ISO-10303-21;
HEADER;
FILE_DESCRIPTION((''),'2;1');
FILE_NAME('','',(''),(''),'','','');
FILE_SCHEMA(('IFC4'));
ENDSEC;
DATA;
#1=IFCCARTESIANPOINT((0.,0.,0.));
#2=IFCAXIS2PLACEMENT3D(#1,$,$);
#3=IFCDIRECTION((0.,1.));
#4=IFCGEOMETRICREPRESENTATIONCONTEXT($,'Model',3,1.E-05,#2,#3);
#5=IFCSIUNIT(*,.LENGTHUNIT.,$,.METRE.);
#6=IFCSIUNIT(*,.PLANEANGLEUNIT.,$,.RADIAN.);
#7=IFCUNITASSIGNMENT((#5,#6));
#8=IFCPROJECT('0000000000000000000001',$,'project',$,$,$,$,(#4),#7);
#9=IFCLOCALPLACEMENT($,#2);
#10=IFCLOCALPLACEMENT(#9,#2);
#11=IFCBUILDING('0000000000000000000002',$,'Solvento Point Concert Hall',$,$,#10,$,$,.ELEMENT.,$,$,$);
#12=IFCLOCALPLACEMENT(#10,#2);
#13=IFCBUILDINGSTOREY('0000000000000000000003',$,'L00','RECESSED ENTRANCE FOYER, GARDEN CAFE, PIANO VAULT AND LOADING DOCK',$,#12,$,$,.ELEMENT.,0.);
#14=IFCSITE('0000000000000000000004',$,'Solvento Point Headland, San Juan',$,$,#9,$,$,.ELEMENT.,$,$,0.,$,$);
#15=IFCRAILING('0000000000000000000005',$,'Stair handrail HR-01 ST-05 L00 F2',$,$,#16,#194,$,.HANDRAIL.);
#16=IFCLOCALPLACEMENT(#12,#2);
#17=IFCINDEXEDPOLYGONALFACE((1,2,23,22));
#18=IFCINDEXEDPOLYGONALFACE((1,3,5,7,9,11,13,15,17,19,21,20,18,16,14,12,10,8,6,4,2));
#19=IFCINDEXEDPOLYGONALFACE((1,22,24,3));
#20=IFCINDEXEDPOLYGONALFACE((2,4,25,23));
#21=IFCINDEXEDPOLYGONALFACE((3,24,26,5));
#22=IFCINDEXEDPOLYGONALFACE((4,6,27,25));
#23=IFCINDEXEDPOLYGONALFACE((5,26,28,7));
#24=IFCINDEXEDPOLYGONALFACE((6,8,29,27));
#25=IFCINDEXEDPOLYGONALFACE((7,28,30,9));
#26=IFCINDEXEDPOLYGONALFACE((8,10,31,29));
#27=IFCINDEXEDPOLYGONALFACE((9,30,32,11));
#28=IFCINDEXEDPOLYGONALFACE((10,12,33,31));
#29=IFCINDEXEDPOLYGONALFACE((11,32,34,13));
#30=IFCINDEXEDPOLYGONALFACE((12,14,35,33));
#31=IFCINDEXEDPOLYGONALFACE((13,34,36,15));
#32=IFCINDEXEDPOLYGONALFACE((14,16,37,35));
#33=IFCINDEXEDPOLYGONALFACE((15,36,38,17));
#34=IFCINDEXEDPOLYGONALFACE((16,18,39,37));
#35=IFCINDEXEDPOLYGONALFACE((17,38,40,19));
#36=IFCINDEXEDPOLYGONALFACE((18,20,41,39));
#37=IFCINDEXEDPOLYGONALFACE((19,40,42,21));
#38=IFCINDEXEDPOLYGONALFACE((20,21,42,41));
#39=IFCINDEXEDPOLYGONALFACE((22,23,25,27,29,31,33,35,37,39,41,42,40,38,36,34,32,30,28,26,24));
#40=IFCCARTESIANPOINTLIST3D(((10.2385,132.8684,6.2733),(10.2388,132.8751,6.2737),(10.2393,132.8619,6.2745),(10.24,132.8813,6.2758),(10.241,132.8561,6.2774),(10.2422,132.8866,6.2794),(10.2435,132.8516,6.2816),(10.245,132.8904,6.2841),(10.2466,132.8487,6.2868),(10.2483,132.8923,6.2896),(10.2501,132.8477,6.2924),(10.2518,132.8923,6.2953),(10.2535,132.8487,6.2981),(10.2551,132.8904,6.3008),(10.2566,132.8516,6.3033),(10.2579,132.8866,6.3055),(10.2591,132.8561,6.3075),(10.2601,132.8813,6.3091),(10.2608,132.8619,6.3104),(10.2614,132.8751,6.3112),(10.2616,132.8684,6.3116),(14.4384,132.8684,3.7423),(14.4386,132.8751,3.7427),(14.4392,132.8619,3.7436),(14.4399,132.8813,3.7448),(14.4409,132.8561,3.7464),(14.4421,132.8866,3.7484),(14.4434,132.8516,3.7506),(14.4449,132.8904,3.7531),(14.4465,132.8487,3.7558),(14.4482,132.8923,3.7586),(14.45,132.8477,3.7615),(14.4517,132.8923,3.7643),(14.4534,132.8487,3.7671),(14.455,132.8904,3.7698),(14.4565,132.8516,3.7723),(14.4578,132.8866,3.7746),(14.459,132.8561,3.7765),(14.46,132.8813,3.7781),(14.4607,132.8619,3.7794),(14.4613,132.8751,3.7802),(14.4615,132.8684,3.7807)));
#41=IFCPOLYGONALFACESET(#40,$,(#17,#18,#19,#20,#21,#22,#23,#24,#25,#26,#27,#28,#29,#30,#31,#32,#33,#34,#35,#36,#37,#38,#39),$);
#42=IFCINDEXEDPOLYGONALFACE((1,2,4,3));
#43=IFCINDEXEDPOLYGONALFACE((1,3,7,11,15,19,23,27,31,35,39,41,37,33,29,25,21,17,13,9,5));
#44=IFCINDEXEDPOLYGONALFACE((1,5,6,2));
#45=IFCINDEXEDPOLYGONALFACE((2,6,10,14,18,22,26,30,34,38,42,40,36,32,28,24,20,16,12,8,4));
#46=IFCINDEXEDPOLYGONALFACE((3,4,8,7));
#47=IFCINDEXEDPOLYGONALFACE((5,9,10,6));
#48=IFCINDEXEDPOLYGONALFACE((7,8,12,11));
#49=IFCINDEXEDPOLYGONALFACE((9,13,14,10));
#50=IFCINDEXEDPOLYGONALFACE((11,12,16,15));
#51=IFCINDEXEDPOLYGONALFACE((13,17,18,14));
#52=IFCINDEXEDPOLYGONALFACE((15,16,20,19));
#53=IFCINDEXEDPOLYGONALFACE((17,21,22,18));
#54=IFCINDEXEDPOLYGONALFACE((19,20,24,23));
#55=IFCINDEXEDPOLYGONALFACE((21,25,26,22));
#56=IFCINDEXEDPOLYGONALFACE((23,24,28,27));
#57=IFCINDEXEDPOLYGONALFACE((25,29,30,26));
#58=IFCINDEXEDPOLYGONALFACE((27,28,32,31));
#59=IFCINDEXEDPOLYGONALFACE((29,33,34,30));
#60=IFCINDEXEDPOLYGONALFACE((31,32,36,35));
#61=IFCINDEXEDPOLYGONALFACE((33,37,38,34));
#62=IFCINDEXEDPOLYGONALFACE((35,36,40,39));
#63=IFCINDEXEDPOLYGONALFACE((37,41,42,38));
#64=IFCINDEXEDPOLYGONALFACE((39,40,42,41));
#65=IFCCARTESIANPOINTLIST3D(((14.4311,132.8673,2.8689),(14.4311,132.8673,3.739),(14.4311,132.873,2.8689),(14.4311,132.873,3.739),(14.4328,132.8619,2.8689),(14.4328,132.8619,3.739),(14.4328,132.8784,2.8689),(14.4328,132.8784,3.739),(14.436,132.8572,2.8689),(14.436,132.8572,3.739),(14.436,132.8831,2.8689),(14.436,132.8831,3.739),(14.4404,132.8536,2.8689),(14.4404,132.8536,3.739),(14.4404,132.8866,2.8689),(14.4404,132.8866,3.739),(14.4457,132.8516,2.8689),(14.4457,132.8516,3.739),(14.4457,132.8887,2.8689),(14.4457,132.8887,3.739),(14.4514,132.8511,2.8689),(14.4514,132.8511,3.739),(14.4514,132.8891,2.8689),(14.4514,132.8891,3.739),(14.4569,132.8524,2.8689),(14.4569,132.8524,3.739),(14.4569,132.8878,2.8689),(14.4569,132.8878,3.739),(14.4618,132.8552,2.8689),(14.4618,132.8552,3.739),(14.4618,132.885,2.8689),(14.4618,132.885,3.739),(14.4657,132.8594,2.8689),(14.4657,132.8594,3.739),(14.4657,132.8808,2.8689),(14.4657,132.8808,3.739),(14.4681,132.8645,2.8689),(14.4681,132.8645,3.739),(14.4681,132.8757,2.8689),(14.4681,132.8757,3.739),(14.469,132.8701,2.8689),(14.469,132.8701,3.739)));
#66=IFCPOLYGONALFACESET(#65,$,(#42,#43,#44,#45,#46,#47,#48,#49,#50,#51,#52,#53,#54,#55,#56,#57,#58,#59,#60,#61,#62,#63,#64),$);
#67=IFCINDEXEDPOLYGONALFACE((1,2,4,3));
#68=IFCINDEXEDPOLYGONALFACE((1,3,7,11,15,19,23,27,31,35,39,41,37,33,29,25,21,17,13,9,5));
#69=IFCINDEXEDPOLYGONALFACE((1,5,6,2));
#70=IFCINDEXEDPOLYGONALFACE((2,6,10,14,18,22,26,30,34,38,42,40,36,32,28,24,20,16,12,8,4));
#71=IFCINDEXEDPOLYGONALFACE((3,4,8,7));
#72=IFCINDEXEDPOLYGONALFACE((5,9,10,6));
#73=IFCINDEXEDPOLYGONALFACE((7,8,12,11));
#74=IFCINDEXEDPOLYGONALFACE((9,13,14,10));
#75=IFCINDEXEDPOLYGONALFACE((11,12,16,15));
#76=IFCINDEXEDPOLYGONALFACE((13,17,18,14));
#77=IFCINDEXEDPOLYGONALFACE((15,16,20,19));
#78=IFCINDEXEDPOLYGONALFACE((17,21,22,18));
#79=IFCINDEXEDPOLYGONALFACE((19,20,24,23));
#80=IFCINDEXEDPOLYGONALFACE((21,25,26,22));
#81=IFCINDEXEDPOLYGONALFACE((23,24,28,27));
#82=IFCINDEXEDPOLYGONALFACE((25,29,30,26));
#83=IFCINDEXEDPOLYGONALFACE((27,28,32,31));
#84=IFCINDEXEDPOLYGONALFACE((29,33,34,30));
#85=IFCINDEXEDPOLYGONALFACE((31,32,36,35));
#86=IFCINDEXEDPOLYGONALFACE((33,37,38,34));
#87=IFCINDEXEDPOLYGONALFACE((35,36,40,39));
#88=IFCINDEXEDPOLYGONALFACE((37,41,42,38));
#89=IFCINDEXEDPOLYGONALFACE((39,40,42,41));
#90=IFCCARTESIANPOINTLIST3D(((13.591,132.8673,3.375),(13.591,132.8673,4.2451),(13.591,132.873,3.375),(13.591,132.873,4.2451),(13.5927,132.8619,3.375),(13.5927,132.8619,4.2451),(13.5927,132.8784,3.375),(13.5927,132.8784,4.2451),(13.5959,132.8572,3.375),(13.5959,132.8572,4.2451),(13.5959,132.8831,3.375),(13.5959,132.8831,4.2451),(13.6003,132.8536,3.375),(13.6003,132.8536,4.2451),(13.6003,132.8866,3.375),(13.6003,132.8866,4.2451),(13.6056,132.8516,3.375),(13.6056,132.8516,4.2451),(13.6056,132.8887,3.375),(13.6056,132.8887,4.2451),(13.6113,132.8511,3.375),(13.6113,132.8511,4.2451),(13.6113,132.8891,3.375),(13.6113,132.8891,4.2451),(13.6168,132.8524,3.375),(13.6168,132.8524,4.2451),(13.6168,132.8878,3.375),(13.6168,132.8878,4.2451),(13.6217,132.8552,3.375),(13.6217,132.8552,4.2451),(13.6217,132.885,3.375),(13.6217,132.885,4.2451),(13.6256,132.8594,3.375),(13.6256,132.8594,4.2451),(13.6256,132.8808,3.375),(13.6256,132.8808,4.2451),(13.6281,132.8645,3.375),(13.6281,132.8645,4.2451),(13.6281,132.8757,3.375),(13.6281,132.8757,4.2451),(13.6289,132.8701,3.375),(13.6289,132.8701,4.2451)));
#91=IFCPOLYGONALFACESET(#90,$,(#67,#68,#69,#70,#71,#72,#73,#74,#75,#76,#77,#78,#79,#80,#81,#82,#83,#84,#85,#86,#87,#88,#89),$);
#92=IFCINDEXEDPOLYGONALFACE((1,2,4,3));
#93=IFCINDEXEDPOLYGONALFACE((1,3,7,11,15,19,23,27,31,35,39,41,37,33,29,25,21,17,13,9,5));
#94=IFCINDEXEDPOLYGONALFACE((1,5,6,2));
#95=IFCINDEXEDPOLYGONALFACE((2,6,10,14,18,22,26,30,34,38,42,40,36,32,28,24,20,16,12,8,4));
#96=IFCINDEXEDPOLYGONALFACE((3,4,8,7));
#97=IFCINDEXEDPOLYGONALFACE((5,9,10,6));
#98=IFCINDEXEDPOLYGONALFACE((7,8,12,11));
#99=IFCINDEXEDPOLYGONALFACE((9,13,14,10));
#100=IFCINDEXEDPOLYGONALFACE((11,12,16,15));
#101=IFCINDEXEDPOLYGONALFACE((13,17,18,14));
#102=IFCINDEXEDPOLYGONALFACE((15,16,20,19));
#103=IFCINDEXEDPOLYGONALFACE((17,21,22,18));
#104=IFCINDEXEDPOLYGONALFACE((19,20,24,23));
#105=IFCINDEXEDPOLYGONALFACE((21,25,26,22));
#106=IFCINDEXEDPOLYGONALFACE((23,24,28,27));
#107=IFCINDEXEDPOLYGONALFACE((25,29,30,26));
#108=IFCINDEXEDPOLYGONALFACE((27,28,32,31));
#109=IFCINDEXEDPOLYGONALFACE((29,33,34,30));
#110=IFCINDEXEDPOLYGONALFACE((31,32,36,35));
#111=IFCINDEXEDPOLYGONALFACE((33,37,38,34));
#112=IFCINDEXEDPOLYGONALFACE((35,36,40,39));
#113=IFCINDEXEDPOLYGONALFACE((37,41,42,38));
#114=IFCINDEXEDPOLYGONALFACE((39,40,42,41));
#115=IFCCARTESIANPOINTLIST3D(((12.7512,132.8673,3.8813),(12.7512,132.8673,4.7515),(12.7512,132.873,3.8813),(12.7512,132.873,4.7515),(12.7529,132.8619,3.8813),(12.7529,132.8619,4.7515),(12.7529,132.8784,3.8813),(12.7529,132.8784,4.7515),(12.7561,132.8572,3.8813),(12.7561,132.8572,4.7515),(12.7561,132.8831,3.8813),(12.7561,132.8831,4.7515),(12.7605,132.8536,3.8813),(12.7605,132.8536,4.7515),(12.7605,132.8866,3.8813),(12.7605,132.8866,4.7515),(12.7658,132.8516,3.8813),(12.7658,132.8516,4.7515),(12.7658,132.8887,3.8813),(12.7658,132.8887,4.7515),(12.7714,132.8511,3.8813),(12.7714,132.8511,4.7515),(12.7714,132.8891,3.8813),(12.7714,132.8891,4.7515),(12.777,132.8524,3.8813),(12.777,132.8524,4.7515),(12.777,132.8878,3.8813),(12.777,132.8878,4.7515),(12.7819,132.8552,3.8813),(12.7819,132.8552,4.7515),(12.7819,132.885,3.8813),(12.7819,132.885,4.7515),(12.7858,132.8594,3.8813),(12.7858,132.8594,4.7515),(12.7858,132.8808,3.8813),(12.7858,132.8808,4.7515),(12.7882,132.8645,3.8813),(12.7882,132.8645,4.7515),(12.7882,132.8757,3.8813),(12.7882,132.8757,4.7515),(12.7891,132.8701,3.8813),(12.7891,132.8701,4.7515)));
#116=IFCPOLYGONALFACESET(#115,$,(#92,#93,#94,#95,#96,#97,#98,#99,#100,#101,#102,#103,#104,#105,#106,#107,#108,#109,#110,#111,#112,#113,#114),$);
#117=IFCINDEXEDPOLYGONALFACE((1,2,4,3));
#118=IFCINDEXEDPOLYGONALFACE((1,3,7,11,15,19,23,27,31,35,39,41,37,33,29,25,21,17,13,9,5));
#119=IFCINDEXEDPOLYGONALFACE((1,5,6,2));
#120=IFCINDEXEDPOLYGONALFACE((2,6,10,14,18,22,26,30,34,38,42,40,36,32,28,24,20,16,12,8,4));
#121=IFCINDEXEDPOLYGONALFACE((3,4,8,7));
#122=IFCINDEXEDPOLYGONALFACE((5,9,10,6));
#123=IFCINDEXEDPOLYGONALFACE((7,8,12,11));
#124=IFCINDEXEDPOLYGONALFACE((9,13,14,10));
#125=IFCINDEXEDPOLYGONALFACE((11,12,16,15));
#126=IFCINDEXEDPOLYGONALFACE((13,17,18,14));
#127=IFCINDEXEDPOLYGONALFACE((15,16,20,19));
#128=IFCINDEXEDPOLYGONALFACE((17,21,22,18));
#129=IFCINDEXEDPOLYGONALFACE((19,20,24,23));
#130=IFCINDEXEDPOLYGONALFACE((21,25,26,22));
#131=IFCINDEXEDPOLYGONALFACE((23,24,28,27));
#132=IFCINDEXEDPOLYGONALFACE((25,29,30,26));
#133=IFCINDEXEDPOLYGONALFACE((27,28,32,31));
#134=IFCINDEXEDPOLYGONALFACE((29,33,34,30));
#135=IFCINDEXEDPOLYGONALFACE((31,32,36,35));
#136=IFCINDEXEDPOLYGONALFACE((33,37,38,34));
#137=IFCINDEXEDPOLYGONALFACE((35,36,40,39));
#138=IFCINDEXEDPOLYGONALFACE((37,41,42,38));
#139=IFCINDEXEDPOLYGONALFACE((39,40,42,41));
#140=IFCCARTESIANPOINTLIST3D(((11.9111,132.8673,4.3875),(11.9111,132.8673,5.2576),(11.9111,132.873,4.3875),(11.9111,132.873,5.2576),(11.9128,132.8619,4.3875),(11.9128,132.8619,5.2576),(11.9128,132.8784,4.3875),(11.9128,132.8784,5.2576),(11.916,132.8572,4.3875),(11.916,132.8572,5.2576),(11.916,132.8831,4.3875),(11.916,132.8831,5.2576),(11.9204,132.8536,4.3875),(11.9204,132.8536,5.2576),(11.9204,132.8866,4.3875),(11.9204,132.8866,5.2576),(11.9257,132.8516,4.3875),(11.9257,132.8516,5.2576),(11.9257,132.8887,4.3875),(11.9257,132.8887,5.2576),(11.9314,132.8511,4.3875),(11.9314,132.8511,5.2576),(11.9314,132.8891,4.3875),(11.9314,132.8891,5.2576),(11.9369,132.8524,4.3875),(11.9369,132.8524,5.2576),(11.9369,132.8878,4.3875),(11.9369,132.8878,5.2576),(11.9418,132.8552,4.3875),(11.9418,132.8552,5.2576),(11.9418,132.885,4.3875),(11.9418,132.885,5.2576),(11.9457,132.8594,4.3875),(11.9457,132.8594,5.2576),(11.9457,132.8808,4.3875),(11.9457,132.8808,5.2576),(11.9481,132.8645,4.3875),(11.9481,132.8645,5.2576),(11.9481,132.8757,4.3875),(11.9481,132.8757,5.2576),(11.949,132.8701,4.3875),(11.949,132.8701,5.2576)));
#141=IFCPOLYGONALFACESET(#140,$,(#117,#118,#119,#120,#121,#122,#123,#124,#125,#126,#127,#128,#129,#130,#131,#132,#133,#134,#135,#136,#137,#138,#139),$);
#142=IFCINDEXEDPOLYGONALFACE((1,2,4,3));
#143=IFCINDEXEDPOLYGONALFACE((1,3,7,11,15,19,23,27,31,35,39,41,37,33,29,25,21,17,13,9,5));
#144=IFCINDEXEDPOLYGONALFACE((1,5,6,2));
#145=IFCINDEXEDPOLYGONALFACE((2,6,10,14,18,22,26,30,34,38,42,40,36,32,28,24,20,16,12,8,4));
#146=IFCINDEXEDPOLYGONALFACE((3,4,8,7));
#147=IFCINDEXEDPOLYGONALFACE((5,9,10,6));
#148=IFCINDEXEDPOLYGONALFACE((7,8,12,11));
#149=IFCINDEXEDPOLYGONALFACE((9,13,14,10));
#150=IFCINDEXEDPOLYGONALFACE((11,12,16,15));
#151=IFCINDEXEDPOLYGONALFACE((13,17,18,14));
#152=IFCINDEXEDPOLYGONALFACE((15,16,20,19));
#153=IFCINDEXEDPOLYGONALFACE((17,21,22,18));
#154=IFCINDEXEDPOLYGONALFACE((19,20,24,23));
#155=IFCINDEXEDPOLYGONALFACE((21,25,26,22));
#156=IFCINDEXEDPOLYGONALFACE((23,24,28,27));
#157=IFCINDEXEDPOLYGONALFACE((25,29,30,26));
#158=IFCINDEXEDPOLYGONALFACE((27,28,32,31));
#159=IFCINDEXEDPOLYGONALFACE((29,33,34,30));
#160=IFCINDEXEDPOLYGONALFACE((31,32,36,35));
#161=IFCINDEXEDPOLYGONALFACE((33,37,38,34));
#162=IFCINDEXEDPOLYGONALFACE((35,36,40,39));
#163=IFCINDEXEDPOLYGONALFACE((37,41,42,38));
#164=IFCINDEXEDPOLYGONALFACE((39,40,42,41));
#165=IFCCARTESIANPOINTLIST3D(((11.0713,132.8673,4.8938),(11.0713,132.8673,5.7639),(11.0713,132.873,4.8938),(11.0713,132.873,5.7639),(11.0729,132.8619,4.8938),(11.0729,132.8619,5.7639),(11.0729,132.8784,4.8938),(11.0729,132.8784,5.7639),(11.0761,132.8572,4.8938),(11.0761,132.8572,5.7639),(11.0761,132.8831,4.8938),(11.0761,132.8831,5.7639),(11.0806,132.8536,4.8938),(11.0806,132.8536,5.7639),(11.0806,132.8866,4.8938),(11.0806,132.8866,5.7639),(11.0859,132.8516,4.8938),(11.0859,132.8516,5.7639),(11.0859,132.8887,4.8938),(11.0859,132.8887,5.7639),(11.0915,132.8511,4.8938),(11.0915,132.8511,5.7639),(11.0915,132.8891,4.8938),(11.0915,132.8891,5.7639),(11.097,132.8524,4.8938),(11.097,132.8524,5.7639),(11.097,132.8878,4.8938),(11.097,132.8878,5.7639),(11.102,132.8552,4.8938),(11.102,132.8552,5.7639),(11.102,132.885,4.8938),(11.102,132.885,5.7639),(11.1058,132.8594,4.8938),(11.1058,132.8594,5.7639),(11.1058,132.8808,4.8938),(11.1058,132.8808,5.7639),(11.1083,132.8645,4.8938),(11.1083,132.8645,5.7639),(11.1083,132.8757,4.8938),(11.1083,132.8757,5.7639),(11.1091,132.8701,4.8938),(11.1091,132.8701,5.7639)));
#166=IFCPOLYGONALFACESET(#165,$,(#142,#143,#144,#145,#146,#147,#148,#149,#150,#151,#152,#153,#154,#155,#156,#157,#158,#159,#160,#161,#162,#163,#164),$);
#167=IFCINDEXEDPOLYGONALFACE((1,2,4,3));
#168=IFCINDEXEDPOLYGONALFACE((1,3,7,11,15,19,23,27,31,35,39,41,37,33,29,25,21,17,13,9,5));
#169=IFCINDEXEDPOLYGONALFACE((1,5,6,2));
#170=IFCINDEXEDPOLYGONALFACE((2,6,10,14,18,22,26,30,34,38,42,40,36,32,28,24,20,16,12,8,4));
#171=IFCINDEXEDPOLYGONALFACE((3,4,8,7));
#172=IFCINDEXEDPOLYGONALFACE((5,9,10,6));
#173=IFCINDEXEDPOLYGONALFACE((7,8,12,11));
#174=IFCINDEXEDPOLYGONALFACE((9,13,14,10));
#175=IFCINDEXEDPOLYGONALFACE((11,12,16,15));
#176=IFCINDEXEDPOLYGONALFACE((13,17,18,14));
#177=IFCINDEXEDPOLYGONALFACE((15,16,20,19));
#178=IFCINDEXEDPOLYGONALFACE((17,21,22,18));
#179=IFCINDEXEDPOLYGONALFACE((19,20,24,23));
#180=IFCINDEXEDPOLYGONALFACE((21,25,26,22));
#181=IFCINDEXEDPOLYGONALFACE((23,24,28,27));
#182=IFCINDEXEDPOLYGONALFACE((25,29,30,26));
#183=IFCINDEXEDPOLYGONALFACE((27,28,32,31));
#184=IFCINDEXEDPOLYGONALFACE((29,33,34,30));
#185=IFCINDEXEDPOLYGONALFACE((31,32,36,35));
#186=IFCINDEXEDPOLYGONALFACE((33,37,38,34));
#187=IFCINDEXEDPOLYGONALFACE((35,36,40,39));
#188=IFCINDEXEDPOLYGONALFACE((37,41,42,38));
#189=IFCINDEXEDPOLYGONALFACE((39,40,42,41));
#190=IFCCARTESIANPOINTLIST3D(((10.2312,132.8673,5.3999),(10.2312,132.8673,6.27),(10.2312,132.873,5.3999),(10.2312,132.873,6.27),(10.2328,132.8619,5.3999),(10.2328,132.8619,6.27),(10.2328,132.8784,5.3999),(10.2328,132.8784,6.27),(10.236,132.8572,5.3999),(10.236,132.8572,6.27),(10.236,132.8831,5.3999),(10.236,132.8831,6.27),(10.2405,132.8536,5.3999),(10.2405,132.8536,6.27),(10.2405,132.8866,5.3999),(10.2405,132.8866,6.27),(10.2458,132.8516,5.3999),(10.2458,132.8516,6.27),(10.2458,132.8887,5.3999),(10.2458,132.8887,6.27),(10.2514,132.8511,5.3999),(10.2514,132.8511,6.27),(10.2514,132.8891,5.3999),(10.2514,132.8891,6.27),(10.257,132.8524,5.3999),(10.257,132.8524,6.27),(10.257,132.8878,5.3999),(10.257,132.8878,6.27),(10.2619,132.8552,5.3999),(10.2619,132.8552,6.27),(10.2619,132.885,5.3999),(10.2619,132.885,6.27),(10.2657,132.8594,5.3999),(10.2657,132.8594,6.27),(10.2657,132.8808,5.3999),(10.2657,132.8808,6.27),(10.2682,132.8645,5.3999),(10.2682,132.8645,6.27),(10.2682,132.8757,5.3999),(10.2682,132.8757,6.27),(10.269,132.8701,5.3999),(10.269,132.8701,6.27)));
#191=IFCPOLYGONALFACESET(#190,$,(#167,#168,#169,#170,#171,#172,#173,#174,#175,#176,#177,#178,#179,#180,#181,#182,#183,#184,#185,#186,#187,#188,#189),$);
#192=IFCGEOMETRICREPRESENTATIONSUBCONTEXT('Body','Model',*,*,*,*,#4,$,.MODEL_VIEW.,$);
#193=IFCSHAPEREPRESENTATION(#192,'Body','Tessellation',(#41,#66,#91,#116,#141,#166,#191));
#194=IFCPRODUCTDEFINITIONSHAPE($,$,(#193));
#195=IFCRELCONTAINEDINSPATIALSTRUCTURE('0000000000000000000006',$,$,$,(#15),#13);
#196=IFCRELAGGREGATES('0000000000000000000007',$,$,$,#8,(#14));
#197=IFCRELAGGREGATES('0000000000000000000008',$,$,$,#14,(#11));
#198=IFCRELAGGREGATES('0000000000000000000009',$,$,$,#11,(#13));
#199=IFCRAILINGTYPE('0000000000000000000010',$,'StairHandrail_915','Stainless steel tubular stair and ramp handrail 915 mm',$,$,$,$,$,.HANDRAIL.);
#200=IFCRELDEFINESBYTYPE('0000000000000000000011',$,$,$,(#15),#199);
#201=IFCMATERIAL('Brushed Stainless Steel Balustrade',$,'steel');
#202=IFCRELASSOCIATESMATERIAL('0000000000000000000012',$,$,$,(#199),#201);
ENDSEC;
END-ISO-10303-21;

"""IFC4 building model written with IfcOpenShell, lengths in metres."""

from ifc_helpers import new_model, si_unit, direction, frame, origin, origin_2d, place, context, subcontext, project, spatial, circle, extrude, material, type_object, element, save


model = new_model("IFC4")

# Units and contexts
model_context = context("Model", 3, precision=1e-05, world=origin(), true_north=direction((0.0, 1.0)))
body_context = subcontext(model_context, "Body", "Model", "MODEL_VIEW")
ifc_project = project(units=[si_unit("LENGTHUNIT", "METRE"), si_unit("PLANEANGLEUNIT", "RADIAN")], contexts=[model_context])

# Site, building, storey
site_placement = place(None, origin())
site = spatial("IfcSite", under=ifc_project, at=site_placement, Name="Solvento Point Headland, San Juan", CompositionType="ELEMENT", RefElevation=0.0)
building_placement = place(site_placement, origin())
building = spatial("IfcBuilding", under=site, at=building_placement, Name="Solvento Point Concert Hall", CompositionType="ELEMENT")
storey_placement = place(building_placement, origin())
storey = spatial("IfcBuildingStorey", under=building, at=storey_placement, Name="L00", Description="RECESSED ENTRANCE FOYER, GARDEN CAFE, PIANO VAULT AND LOADING DOCK", CompositionType="ELEMENT", Elevation=0.0)

# Railing
ifc_material_1 = material(Name="Brushed Stainless Steel Balustrade", Category="steel")
railing_type_1 = type_object("IfcRailingType", Name="StairHandrail_915", Description="Stainless steel tubular stair and ramp handrail 915 mm", PredefinedType="HANDRAIL", material=ifc_material_1)
railing_1_placement = place(storey_placement, frame((14.45, 132.8701, 2.8689)))
element("IfcRailing", 1, at=railing_1_placement, inside=storey, type_object=railing_type_1, Name="Stair handrail HR-01 ST-05 L00 F2", PredefinedType="HANDRAIL", context=body_context, shape_type="SweptSolid", body=[
    extrude(circle(Radius=0.0225, at=origin_2d()), frame((0.0, 0.0, 0.8926), z_axis=(-0.856499, 0.0, 0.51615), x_axis=(0.0, -1.0, 0.0)), (0.0, 0.0, 1.0), 4.9036),
    extrude(circle(Radius=0.019, at=origin_2d()), origin(), (0.0, 0.0, 1.0), 0.8701),
    extrude(circle(Radius=0.019, at=origin_2d()), frame((-0.8401, 0.0, 0.5061)), (0.0, 0.0, 1.0), 0.8701),
    extrude(circle(Radius=0.019, at=origin_2d()), frame((-1.6799, 0.0, 1.0125)), (0.0, 0.0, 1.0), 0.8701),
    extrude(circle(Radius=0.019, at=origin_2d()), frame((-2.52, 0.0, 1.5186)), (0.0, 0.0, 1.0), 0.8701),
    extrude(circle(Radius=0.019, at=origin_2d()), frame((-3.3599, 0.0, 2.0249)), (0.0, 0.0, 1.0), 0.8701),
    extrude(circle(Radius=0.019, at=origin_2d()), frame((-4.2, 0.0, 2.531)), (0.0, 0.0, 1.0), 0.8701),
])

save(model, "model.ifc")
